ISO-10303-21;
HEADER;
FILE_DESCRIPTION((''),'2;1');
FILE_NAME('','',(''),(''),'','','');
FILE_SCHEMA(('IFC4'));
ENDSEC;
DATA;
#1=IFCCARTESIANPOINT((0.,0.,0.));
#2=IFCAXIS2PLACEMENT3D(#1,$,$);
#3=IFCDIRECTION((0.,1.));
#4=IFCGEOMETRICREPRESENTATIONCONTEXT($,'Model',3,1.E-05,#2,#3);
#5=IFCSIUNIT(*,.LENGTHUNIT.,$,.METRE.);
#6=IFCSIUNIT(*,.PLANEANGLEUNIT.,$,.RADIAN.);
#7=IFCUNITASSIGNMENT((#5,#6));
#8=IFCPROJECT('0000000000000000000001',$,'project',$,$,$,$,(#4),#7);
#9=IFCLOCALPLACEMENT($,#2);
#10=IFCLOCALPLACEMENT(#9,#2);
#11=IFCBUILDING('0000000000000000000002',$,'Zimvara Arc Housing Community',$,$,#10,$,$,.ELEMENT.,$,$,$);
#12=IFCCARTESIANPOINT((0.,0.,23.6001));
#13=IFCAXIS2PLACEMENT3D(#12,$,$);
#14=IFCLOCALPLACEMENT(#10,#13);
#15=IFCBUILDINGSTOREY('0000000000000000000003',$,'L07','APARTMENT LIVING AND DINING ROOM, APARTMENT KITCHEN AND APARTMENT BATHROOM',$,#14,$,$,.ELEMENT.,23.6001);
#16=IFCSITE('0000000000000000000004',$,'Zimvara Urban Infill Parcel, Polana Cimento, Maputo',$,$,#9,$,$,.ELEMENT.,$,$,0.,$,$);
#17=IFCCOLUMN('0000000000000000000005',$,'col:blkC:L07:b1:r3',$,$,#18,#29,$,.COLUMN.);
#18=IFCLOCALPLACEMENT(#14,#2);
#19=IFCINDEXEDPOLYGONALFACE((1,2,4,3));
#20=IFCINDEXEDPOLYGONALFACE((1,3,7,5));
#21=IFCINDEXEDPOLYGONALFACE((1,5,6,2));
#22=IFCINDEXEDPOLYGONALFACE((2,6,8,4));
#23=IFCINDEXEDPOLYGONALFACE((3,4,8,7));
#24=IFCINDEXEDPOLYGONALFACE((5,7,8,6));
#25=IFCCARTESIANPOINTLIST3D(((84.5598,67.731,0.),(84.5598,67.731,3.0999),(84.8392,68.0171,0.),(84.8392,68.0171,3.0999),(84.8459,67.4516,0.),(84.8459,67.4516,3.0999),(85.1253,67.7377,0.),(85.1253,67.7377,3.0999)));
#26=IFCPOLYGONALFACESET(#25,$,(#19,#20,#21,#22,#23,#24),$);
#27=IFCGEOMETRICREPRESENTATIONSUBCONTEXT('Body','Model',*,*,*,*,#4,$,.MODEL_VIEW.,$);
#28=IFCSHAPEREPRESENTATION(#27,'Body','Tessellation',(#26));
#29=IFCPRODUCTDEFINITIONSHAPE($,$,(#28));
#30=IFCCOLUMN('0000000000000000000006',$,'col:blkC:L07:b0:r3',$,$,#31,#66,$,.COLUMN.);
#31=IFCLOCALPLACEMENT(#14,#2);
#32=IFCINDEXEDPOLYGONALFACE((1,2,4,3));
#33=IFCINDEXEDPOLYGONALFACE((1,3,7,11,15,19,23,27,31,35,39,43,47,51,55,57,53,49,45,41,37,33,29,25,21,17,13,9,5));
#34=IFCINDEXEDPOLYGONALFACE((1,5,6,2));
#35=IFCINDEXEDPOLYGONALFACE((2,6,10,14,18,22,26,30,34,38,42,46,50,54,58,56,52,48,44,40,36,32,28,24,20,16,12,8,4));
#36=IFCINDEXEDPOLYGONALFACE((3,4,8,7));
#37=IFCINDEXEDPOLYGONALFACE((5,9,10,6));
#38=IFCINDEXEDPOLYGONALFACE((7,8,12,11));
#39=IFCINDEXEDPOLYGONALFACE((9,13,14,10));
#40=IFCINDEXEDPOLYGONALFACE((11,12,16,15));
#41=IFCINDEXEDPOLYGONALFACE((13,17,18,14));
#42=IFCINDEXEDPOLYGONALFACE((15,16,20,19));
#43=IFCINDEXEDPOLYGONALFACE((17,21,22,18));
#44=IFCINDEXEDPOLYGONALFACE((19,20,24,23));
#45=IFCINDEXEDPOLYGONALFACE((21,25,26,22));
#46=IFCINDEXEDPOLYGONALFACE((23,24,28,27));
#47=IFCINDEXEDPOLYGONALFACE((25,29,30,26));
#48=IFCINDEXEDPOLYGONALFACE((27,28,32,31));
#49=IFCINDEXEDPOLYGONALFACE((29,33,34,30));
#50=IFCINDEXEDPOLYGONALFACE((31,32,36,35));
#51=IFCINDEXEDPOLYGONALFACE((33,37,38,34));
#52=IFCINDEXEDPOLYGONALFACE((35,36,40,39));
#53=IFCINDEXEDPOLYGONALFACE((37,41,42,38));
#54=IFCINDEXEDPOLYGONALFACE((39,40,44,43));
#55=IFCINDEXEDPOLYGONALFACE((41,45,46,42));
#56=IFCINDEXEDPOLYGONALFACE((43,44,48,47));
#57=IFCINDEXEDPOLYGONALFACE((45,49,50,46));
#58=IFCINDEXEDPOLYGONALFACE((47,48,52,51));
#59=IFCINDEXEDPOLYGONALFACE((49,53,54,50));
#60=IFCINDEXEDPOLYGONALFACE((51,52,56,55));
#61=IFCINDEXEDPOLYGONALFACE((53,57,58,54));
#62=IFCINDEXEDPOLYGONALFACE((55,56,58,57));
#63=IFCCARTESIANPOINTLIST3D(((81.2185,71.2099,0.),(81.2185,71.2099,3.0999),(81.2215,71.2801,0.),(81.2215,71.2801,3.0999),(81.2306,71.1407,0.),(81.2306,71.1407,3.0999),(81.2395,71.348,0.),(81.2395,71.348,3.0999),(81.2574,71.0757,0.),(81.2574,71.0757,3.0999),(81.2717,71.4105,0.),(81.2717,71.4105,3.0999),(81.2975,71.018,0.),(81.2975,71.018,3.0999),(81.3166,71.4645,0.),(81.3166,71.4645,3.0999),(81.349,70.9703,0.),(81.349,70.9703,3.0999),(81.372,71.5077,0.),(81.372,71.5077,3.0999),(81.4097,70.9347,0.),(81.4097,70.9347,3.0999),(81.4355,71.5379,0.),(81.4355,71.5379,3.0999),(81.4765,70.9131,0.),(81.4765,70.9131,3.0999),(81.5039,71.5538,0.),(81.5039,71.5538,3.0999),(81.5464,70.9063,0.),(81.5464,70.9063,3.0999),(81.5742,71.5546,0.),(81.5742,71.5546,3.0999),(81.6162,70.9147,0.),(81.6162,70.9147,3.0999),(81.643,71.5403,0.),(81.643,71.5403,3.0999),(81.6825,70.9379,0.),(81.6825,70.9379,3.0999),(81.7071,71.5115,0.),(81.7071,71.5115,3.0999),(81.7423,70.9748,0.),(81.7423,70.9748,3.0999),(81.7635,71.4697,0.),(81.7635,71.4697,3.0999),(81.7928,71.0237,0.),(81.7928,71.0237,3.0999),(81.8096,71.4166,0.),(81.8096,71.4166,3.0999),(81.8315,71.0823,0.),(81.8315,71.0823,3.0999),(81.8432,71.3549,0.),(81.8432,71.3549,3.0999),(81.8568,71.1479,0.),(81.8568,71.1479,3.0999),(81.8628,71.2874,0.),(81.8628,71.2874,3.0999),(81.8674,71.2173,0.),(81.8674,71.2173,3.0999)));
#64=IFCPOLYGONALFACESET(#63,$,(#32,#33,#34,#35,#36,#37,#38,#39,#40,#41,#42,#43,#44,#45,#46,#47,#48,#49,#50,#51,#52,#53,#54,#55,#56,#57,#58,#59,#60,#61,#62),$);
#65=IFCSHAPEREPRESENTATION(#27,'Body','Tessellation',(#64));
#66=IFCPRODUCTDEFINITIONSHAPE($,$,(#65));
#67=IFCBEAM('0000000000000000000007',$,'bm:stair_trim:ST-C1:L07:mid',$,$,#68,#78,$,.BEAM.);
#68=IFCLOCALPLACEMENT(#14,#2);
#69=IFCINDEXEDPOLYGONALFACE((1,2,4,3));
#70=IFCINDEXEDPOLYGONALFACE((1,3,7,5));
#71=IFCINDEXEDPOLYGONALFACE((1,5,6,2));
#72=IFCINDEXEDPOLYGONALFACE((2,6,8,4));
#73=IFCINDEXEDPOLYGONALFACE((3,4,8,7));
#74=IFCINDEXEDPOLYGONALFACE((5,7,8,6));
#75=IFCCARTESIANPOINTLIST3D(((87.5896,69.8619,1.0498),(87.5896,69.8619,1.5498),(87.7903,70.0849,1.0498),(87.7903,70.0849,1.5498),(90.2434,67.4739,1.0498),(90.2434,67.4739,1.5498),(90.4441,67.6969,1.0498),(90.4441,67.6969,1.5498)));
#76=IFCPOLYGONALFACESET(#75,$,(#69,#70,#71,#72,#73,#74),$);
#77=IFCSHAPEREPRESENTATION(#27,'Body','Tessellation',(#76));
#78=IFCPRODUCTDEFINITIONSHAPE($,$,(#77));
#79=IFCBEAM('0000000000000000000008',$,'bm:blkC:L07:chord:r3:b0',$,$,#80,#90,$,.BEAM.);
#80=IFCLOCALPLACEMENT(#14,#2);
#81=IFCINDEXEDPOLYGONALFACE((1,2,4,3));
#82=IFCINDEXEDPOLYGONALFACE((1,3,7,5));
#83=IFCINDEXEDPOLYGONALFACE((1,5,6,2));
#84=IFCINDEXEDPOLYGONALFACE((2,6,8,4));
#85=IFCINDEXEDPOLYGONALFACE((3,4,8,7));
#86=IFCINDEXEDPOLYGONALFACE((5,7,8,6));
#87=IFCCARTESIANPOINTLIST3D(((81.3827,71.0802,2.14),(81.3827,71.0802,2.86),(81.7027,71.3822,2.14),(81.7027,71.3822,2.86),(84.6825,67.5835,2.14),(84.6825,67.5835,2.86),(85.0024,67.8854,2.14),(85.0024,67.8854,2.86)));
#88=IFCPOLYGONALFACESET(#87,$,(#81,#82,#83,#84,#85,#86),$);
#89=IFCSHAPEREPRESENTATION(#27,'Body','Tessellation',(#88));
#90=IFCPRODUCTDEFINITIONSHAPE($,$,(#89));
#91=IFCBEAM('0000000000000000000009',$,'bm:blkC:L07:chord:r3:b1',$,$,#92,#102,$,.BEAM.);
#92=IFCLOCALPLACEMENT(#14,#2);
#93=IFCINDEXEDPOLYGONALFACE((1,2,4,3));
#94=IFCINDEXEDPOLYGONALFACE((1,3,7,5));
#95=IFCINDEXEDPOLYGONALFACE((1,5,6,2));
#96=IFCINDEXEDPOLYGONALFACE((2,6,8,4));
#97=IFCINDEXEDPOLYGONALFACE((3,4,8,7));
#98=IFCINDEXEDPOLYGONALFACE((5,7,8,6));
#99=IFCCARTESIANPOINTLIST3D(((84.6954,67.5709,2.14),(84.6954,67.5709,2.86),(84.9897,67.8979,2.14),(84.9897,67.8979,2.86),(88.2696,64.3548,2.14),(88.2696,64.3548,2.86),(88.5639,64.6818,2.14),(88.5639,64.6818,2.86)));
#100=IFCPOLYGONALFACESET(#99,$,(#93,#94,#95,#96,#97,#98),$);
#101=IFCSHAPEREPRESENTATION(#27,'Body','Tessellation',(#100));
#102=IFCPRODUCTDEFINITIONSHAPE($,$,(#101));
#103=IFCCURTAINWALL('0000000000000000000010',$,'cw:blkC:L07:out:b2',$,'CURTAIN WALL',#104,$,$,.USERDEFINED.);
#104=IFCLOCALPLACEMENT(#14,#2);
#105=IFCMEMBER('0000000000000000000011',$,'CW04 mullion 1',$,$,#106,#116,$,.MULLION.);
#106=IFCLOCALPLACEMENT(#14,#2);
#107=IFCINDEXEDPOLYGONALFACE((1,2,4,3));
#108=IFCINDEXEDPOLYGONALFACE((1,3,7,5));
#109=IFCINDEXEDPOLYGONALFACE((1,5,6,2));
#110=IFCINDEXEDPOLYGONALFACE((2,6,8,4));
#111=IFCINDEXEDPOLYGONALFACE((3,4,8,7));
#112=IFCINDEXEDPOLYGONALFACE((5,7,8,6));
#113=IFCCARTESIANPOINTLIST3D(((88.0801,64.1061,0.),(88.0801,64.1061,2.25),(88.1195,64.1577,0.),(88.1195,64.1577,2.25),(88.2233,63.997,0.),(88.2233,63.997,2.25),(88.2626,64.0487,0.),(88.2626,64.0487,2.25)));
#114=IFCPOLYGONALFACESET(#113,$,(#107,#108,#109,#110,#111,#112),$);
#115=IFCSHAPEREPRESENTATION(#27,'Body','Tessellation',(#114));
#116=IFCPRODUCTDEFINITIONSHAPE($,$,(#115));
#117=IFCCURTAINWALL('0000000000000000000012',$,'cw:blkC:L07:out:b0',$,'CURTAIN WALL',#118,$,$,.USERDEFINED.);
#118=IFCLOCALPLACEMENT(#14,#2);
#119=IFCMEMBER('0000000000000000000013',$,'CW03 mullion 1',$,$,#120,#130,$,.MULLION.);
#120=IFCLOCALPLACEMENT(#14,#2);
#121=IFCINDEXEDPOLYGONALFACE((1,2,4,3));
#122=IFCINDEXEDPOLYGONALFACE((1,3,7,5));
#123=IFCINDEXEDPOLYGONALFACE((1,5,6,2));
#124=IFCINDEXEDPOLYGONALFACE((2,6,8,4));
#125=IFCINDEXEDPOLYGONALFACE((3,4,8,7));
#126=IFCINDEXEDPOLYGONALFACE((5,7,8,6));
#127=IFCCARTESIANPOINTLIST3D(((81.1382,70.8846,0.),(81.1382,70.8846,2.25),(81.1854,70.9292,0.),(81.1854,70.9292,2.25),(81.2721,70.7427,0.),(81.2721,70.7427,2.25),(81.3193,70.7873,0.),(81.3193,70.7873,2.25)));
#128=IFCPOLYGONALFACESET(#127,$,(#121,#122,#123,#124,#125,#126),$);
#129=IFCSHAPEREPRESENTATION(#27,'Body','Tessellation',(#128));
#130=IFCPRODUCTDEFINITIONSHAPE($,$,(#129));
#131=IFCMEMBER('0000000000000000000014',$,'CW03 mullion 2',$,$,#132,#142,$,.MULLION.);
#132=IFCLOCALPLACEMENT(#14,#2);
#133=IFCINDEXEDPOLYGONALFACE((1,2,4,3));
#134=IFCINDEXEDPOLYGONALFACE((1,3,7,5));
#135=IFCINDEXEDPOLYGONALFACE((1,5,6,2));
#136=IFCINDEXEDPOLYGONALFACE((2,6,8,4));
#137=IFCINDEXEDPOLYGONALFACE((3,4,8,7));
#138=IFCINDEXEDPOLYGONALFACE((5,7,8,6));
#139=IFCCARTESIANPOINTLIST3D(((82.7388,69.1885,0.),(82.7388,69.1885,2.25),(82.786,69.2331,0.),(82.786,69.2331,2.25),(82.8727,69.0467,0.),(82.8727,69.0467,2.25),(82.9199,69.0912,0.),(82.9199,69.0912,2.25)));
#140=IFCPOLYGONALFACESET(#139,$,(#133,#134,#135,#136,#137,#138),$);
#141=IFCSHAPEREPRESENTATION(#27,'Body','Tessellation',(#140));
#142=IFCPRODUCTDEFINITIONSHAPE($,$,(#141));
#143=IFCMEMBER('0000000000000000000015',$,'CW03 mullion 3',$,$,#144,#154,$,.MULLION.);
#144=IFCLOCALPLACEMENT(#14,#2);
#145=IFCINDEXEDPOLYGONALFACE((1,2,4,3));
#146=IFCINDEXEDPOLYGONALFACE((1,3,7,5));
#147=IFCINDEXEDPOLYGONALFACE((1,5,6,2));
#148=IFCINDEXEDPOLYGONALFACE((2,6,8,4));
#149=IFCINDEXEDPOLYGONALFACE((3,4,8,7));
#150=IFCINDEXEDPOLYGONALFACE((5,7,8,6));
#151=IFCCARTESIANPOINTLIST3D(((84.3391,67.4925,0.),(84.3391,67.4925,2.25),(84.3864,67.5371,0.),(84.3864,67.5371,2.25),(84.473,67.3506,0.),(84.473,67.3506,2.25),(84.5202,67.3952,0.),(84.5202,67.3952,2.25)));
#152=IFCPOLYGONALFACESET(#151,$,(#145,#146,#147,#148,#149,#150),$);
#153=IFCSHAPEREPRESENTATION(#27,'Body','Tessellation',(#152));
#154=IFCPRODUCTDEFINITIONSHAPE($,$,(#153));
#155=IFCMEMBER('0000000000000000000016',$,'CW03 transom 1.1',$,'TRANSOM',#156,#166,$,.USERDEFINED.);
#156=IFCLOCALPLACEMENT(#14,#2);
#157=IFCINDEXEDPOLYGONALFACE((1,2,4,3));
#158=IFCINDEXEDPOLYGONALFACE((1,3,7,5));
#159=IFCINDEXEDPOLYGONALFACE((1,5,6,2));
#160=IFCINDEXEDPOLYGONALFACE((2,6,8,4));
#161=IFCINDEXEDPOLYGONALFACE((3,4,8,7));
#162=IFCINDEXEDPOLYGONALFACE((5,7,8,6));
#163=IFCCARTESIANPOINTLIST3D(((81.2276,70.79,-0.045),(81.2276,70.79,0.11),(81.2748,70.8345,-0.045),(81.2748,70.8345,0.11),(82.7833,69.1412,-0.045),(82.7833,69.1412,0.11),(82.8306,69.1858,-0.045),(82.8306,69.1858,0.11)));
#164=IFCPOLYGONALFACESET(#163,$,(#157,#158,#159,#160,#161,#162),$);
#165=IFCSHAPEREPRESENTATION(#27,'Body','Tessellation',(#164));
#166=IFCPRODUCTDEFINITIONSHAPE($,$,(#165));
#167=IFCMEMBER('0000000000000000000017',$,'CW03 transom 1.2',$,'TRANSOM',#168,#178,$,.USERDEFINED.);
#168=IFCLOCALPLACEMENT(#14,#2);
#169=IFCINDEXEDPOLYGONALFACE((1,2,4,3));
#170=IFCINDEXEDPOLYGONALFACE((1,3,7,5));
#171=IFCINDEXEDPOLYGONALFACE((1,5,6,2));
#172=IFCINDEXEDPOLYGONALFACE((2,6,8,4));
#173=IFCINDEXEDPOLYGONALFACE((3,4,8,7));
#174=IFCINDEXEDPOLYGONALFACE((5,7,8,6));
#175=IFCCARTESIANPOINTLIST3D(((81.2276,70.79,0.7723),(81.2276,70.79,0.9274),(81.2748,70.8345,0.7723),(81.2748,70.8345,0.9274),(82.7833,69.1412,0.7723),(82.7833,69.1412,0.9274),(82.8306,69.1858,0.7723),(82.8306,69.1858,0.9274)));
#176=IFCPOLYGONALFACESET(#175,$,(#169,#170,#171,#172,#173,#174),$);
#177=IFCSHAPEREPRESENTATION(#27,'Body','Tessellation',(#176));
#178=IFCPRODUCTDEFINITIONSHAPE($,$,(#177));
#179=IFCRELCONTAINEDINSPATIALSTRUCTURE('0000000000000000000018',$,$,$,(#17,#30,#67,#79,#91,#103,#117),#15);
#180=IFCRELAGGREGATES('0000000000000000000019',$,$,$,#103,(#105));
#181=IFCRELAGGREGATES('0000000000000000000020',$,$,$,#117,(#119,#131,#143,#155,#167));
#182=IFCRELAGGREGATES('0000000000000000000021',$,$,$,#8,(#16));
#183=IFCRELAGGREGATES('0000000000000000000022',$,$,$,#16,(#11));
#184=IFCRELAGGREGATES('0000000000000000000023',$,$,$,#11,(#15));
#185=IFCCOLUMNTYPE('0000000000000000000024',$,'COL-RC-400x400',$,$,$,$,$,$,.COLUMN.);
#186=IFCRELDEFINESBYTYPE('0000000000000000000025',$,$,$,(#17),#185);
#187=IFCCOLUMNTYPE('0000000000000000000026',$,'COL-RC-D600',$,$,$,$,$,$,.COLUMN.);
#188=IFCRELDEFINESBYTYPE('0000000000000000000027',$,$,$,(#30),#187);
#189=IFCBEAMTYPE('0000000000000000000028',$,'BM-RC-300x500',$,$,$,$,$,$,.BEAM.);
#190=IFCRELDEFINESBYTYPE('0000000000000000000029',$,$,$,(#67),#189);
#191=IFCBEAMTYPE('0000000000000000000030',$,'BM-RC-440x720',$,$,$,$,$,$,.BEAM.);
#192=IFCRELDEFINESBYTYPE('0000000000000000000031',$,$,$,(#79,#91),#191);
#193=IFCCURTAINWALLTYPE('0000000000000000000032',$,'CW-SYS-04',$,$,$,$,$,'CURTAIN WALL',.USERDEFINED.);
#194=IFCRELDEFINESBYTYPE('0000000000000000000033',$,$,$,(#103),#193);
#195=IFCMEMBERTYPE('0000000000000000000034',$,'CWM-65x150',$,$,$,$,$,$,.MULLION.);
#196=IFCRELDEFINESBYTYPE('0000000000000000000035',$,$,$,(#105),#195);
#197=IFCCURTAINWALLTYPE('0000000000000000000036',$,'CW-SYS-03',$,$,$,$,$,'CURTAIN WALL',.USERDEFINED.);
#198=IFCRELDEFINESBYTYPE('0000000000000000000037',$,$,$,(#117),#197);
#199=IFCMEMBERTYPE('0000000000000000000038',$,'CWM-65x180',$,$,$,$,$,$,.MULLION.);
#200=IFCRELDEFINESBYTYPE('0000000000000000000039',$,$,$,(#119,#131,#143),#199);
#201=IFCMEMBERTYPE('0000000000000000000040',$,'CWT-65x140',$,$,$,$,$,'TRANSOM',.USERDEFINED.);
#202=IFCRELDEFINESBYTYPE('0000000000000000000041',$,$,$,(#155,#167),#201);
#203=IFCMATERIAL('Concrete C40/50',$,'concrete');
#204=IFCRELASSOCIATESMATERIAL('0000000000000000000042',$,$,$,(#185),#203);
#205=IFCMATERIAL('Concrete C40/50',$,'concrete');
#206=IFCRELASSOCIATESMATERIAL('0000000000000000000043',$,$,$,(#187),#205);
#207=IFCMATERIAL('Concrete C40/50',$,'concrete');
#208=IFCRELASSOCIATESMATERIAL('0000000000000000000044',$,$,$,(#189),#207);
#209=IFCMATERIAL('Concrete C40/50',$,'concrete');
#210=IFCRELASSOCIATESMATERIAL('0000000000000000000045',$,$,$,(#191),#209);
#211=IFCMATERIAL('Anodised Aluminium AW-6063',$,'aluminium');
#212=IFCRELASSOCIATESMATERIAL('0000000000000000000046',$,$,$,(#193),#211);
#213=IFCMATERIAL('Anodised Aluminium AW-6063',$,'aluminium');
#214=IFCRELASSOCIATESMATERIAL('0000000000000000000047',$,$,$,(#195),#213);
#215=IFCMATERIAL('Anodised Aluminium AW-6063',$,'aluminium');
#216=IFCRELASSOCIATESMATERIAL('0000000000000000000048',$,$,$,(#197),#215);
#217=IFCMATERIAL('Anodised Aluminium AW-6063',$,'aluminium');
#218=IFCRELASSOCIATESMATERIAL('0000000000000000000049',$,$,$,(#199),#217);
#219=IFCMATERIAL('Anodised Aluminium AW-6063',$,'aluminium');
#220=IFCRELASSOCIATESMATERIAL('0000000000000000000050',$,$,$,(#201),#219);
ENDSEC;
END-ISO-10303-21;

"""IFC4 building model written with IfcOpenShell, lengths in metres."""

from ifc_helpers import new_model, si_unit, direction, frame, origin, origin_2d, place, context, subcontext, project, spatial, rectangle, circle, extrude, material, material_profile, profile_set, type_object, element, aggregate, save


model = new_model("IFC4")

# Units and contexts
model_context = context("Model", 3, precision=1e-05, world=origin(), true_north=direction((0.0, 1.0)))
body_context = subcontext(model_context, "Body", "Model", "MODEL_VIEW")
ifc_project = project(units=[si_unit("LENGTHUNIT", "METRE"), si_unit("PLANEANGLEUNIT", "RADIAN")], contexts=[model_context])

# Site, building, storey
site_placement = place(None, origin())
site = spatial("IfcSite", under=ifc_project, at=site_placement, Name="Zimvara Urban Infill Parcel, Polana Cimento, Maputo", CompositionType="ELEMENT", RefElevation=0.0)
building_placement = place(site_placement, origin())
building = spatial("IfcBuilding", under=site, at=building_placement, Name="Zimvara Arc Housing Community", CompositionType="ELEMENT")
storey_placement = place(building_placement, frame((0.0, 0.0, 23.6001)))
storey = spatial("IfcBuildingStorey", under=building, at=storey_placement, Name="L07", Description="APARTMENT LIVING AND DINING ROOM, APARTMENT KITCHEN AND APARTMENT BATHROOM", CompositionType="ELEMENT", Elevation=23.6001)

# Columns
ifc_material_1 = material(Name="Concrete C40/50", Category="concrete")
ifc_material_profile_1 = material_profile(ifc_material_1, rectangle(XDim=0.3999, YDim=0.3999, at=origin_2d()), Name="RC 400x400")
ifc_profile_set_1 = profile_set([ifc_material_profile_1], Name="Concrete C40/50")
column_type_1 = type_object("IfcColumnType", Name="COL-RC-400x400", PredefinedType="COLUMN", material=ifc_profile_set_1)
column_1_placement = place(storey_placement, frame((84.8425, 67.7344, 0.0), z_axis=(0.0, 0.0, 1.0), x_axis=(-0.698665, -0.715449, 0.0)))
element("IfcColumn", 1, at=column_1_placement, inside=storey, type_object=column_type_1, Name="col:blkC:L07:b1:r3", PredefinedType="COLUMN", context=body_context, shape_type="SweptSolid", body=[
    extrude(rectangle(XDim=0.3999, YDim=0.3999, at=origin_2d()), origin(), (0.0, 0.0, 1.0), 3.0999),
])
ifc_material_2 = material(Name="Concrete C40/50", Category="concrete")
ifc_material_profile_2 = material_profile(ifc_material_2, circle(Radius=0.325, at=origin_2d()), Name="RC D650")
ifc_profile_set_2 = profile_set([ifc_material_profile_2], Name="Concrete C40/50")
column_type_2 = type_object("IfcColumnType", Name="COL-RC-D600", PredefinedType="COLUMN", material=ifc_profile_set_2)
column_2_placement = place(storey_placement, frame((81.5427, 71.2312, 0.0), z_axis=(0.0, 0.0, 1.0), x_axis=(-0.75471, -0.656059, 0.0)))
element("IfcColumn", 2, at=column_2_placement, inside=storey, type_object=column_type_2, Name="col:blkC:L07:b0:r3", PredefinedType="COLUMN", context=body_context, shape_type="SweptSolid", body=[
    extrude(circle(Radius=0.325, at=origin_2d()), origin(), (0.0, 0.0, 1.0), 3.0999),
])

# Beams
ifc_material_3 = material(Name="Concrete C40/50", Category="concrete")
ifc_material_profile_3 = material_profile(ifc_material_3, rectangle(XDim=0.3, YDim=0.5, at=origin_2d()), Name="RC 300x500")
ifc_profile_set_3 = profile_set([ifc_material_profile_3], Name="Concrete C40/50")
beam_type_1 = type_object("IfcBeamType", Name="BM-RC-300x500", PredefinedType="BEAM", material=ifc_profile_set_3)
beam_1_placement = place(storey_placement, frame((87.6899, 69.9734, 1.2998), z_axis=(0.743362, -0.668889, 0.0), x_axis=(0.668889, 0.743362, 0.0)))
element("IfcBeam", 3, at=beam_1_placement, inside=storey, type_object=beam_type_1, Name="bm:stair_trim:ST-C1:L07:mid", PredefinedType="BEAM", context=body_context, shape_type="SweptSolid", body=[
    extrude(rectangle(XDim=0.3, YDim=0.5, at=origin_2d()), origin(), (0.0, 0.0, 1.0), 3.5701),
])
ifc_material_4 = material(Name="Concrete C40/50", Category="concrete")
ifc_material_profile_4 = material_profile(ifc_material_4, rectangle(XDim=0.4399, YDim=0.72, at=origin_2d()), Name="RC 440x720")
ifc_profile_set_4 = profile_set([ifc_material_profile_4], Name="Concrete C40/50")
beam_type_2 = type_object("IfcBeamType", Name="BM-RC-440x720", PredefinedType="BEAM", material=ifc_profile_set_4)
beam_2_placement = place(storey_placement, frame((81.5427, 71.2312, 2.5), z_axis=(0.686321, -0.727299, 0.0), x_axis=(0.727299, 0.686321, 0.0)))
element("IfcBeam", 4, at=beam_2_placement, inside=storey, type_object=beam_type_2, Name="bm:blkC:L07:chord:r3:b0", PredefinedType="BEAM", context=body_context, shape_type="SweptSolid", body=[
    extrude(rectangle(XDim=0.4399, YDim=0.72, at=origin_2d()), origin(), (0.0, 0.0, 1.0), 4.8079),
])
beam_3_placement = place(storey_placement, frame((84.8425, 67.7344, 2.5), z_axis=(0.74337, -0.668881, 0.0), x_axis=(0.668881, 0.74337, 0.0)))
element("IfcBeam", 5, at=beam_3_placement, inside=storey, type_object=beam_type_2, Name="bm:blkC:L07:chord:r3:b1", PredefinedType="BEAM", context=body_context, shape_type="SweptSolid", body=[
    extrude(rectangle(XDim=0.4399, YDim=0.72, at=origin_2d()), origin(), (0.0, 0.0, 1.0), 4.8081),
])

# Curtain wall, member
ifc_material_5 = material(Name="Anodised Aluminium AW-6063", Category="aluminium")
curtain_wall_type_1 = type_object("IfcCurtainWallType", Name="CW-SYS-04", ElementType="CURTAIN WALL", PredefinedType="USERDEFINED", material=ifc_material_5)
curtain_wall_1_placement = place(storey_placement, origin())
curtain_wall_1 = element("IfcCurtainWall", 6, at=curtain_wall_1_placement, inside=storey, type_object=curtain_wall_type_1, Name="cw:blkC:L07:out:b2", ObjectType="CURTAIN WALL", PredefinedType="USERDEFINED")
ifc_material_6 = material(Name="Anodised Aluminium AW-6063", Category="aluminium")
ifc_material_profile_5 = material_profile(ifc_material_6, rectangle(XDim=0.0649, YDim=0.1799, at=origin_2d()), Name="ALU 65x180")
ifc_profile_set_5 = profile_set([ifc_material_profile_5], Name="Anodised Aluminium AW-6063")
member_type_1 = type_object("IfcMemberType", Name="CWM-65x150", PredefinedType="MULLION", material=ifc_profile_set_5)
member_1_placement = place(storey_placement, frame((88.1714, 64.0774, 0.0), z_axis=(0.0, 0.0, 1.0), x_axis=(0.605988, 0.795474, 0.0)))
member_1 = element("IfcMember", 7, at=member_1_placement, type_object=member_type_1, Name="CW04 mullion 1", PredefinedType="MULLION", context=body_context, shape_type="SweptSolid", body=[
    extrude(rectangle(XDim=0.0649, YDim=0.1799, at=origin_2d()), origin(), (0.0, 0.0, 1.0), 2.25),
])
aggregate(curtain_wall_1, [member_1])

# Curtain wall, members
ifc_material_7 = material(Name="Anodised Aluminium AW-6063", Category="aluminium")
curtain_wall_type_2 = type_object("IfcCurtainWallType", Name="CW-SYS-03", ElementType="CURTAIN WALL", PredefinedType="USERDEFINED", material=ifc_material_7)
curtain_wall_2_placement = place(storey_placement, origin())
curtain_wall_2 = element("IfcCurtainWall", 8, at=curtain_wall_2_placement, inside=storey, type_object=curtain_wall_type_2, Name="cw:blkC:L07:out:b0", ObjectType="CURTAIN WALL", PredefinedType="USERDEFINED")
ifc_material_8 = material(Name="Anodised Aluminium AW-6063", Category="aluminium")
ifc_material_profile_6 = material_profile(ifc_material_8, rectangle(XDim=0.0649, YDim=0.1951, at=origin_2d()), Name="ALU 65x195")
ifc_profile_set_6 = profile_set([ifc_material_profile_6], Name="Anodised Aluminium AW-6063")
member_type_2 = type_object("IfcMemberType", Name="CWM-65x180", PredefinedType="MULLION", material=ifc_profile_set_6)
member_2_placement = place(storey_placement, frame((81.2288, 70.8359, 0.0), z_axis=(0.0, 0.0, 1.0), x_axis=(0.727294, 0.686326, 0.0)))
member_2 = element("IfcMember", 9, at=member_2_placement, type_object=member_type_2, Name="CW03 mullion 1", PredefinedType="MULLION", context=body_context, shape_type="SweptSolid", body=[
    extrude(rectangle(XDim=0.0649, YDim=0.1951, at=origin_2d()), origin(), (0.0, 0.0, 1.0), 2.25),
])
member_3_placement = place(storey_placement, frame((82.8293, 69.1399, 0.0), z_axis=(0.0, 0.0, 1.0), x_axis=(0.727294, 0.686326, 0.0)))
member_3 = element("IfcMember", 10, at=member_3_placement, type_object=member_type_2, Name="CW03 mullion 2", PredefinedType="MULLION", context=body_context, shape_type="SweptSolid", body=[
    extrude(rectangle(XDim=0.0649, YDim=0.1951, at=origin_2d()), origin(), (0.0, 0.0, 1.0), 2.25),
])
member_4_placement = place(storey_placement, frame((84.4297, 67.4438, 0.0), z_axis=(0.0, 0.0, 1.0), x_axis=(0.727294, 0.686326, 0.0)))
member_4 = element("IfcMember", 11, at=member_4_placement, type_object=member_type_2, Name="CW03 mullion 3", PredefinedType="MULLION", context=body_context, shape_type="SweptSolid", body=[
    extrude(rectangle(XDim=0.0649, YDim=0.1951, at=origin_2d()), origin(), (0.0, 0.0, 1.0), 2.25),
])
ifc_material_9 = material(Name="Anodised Aluminium AW-6063", Category="aluminium")
ifc_material_profile_7 = material_profile(ifc_material_9, rectangle(XDim=0.0649, YDim=0.155, at=origin_2d()), Name="ALU 65x155")
ifc_profile_set_7 = profile_set([ifc_material_profile_7], Name="Anodised Aluminium AW-6063")
member_type_3 = type_object("IfcMemberType", Name="CWT-65x140", ElementType="TRANSOM", PredefinedType="USERDEFINED", material=ifc_profile_set_7)
member_5_placement = place(storey_placement, frame((81.2512, 70.8123, 0.0325), z_axis=(0.686291, -0.727327, 0.0), x_axis=(0.727327, 0.686291, 0.0)))
member_5 = element("IfcMember", 12, at=member_5_placement, type_object=member_type_3, Name="CW03 transom 1.1", ObjectType="TRANSOM", PredefinedType="USERDEFINED", context=body_context, shape_type="SweptSolid", body=[
    extrude(rectangle(XDim=0.0649, YDim=0.155, at=origin_2d()), origin(), (0.0, 0.0, 1.0), 2.2668),
])
member_6_placement = place(storey_placement, frame((81.2512, 70.8123, 0.8499), z_axis=(0.686291, -0.727327, 0.0), x_axis=(0.727327, 0.686291, 0.0)))
member_6 = element("IfcMember", 13, at=member_6_placement, type_object=member_type_3, Name="CW03 transom 1.2", ObjectType="TRANSOM", PredefinedType="USERDEFINED", context=body_context, shape_type="SweptSolid", body=[
    extrude(rectangle(XDim=0.0649, YDim=0.155, at=origin_2d()), origin(), (0.0, 0.0, 1.0), 2.2668),
])
aggregate(curtain_wall_2, [member_2, member_3, member_4, member_5, member_6])

save(model, "model.ifc")
